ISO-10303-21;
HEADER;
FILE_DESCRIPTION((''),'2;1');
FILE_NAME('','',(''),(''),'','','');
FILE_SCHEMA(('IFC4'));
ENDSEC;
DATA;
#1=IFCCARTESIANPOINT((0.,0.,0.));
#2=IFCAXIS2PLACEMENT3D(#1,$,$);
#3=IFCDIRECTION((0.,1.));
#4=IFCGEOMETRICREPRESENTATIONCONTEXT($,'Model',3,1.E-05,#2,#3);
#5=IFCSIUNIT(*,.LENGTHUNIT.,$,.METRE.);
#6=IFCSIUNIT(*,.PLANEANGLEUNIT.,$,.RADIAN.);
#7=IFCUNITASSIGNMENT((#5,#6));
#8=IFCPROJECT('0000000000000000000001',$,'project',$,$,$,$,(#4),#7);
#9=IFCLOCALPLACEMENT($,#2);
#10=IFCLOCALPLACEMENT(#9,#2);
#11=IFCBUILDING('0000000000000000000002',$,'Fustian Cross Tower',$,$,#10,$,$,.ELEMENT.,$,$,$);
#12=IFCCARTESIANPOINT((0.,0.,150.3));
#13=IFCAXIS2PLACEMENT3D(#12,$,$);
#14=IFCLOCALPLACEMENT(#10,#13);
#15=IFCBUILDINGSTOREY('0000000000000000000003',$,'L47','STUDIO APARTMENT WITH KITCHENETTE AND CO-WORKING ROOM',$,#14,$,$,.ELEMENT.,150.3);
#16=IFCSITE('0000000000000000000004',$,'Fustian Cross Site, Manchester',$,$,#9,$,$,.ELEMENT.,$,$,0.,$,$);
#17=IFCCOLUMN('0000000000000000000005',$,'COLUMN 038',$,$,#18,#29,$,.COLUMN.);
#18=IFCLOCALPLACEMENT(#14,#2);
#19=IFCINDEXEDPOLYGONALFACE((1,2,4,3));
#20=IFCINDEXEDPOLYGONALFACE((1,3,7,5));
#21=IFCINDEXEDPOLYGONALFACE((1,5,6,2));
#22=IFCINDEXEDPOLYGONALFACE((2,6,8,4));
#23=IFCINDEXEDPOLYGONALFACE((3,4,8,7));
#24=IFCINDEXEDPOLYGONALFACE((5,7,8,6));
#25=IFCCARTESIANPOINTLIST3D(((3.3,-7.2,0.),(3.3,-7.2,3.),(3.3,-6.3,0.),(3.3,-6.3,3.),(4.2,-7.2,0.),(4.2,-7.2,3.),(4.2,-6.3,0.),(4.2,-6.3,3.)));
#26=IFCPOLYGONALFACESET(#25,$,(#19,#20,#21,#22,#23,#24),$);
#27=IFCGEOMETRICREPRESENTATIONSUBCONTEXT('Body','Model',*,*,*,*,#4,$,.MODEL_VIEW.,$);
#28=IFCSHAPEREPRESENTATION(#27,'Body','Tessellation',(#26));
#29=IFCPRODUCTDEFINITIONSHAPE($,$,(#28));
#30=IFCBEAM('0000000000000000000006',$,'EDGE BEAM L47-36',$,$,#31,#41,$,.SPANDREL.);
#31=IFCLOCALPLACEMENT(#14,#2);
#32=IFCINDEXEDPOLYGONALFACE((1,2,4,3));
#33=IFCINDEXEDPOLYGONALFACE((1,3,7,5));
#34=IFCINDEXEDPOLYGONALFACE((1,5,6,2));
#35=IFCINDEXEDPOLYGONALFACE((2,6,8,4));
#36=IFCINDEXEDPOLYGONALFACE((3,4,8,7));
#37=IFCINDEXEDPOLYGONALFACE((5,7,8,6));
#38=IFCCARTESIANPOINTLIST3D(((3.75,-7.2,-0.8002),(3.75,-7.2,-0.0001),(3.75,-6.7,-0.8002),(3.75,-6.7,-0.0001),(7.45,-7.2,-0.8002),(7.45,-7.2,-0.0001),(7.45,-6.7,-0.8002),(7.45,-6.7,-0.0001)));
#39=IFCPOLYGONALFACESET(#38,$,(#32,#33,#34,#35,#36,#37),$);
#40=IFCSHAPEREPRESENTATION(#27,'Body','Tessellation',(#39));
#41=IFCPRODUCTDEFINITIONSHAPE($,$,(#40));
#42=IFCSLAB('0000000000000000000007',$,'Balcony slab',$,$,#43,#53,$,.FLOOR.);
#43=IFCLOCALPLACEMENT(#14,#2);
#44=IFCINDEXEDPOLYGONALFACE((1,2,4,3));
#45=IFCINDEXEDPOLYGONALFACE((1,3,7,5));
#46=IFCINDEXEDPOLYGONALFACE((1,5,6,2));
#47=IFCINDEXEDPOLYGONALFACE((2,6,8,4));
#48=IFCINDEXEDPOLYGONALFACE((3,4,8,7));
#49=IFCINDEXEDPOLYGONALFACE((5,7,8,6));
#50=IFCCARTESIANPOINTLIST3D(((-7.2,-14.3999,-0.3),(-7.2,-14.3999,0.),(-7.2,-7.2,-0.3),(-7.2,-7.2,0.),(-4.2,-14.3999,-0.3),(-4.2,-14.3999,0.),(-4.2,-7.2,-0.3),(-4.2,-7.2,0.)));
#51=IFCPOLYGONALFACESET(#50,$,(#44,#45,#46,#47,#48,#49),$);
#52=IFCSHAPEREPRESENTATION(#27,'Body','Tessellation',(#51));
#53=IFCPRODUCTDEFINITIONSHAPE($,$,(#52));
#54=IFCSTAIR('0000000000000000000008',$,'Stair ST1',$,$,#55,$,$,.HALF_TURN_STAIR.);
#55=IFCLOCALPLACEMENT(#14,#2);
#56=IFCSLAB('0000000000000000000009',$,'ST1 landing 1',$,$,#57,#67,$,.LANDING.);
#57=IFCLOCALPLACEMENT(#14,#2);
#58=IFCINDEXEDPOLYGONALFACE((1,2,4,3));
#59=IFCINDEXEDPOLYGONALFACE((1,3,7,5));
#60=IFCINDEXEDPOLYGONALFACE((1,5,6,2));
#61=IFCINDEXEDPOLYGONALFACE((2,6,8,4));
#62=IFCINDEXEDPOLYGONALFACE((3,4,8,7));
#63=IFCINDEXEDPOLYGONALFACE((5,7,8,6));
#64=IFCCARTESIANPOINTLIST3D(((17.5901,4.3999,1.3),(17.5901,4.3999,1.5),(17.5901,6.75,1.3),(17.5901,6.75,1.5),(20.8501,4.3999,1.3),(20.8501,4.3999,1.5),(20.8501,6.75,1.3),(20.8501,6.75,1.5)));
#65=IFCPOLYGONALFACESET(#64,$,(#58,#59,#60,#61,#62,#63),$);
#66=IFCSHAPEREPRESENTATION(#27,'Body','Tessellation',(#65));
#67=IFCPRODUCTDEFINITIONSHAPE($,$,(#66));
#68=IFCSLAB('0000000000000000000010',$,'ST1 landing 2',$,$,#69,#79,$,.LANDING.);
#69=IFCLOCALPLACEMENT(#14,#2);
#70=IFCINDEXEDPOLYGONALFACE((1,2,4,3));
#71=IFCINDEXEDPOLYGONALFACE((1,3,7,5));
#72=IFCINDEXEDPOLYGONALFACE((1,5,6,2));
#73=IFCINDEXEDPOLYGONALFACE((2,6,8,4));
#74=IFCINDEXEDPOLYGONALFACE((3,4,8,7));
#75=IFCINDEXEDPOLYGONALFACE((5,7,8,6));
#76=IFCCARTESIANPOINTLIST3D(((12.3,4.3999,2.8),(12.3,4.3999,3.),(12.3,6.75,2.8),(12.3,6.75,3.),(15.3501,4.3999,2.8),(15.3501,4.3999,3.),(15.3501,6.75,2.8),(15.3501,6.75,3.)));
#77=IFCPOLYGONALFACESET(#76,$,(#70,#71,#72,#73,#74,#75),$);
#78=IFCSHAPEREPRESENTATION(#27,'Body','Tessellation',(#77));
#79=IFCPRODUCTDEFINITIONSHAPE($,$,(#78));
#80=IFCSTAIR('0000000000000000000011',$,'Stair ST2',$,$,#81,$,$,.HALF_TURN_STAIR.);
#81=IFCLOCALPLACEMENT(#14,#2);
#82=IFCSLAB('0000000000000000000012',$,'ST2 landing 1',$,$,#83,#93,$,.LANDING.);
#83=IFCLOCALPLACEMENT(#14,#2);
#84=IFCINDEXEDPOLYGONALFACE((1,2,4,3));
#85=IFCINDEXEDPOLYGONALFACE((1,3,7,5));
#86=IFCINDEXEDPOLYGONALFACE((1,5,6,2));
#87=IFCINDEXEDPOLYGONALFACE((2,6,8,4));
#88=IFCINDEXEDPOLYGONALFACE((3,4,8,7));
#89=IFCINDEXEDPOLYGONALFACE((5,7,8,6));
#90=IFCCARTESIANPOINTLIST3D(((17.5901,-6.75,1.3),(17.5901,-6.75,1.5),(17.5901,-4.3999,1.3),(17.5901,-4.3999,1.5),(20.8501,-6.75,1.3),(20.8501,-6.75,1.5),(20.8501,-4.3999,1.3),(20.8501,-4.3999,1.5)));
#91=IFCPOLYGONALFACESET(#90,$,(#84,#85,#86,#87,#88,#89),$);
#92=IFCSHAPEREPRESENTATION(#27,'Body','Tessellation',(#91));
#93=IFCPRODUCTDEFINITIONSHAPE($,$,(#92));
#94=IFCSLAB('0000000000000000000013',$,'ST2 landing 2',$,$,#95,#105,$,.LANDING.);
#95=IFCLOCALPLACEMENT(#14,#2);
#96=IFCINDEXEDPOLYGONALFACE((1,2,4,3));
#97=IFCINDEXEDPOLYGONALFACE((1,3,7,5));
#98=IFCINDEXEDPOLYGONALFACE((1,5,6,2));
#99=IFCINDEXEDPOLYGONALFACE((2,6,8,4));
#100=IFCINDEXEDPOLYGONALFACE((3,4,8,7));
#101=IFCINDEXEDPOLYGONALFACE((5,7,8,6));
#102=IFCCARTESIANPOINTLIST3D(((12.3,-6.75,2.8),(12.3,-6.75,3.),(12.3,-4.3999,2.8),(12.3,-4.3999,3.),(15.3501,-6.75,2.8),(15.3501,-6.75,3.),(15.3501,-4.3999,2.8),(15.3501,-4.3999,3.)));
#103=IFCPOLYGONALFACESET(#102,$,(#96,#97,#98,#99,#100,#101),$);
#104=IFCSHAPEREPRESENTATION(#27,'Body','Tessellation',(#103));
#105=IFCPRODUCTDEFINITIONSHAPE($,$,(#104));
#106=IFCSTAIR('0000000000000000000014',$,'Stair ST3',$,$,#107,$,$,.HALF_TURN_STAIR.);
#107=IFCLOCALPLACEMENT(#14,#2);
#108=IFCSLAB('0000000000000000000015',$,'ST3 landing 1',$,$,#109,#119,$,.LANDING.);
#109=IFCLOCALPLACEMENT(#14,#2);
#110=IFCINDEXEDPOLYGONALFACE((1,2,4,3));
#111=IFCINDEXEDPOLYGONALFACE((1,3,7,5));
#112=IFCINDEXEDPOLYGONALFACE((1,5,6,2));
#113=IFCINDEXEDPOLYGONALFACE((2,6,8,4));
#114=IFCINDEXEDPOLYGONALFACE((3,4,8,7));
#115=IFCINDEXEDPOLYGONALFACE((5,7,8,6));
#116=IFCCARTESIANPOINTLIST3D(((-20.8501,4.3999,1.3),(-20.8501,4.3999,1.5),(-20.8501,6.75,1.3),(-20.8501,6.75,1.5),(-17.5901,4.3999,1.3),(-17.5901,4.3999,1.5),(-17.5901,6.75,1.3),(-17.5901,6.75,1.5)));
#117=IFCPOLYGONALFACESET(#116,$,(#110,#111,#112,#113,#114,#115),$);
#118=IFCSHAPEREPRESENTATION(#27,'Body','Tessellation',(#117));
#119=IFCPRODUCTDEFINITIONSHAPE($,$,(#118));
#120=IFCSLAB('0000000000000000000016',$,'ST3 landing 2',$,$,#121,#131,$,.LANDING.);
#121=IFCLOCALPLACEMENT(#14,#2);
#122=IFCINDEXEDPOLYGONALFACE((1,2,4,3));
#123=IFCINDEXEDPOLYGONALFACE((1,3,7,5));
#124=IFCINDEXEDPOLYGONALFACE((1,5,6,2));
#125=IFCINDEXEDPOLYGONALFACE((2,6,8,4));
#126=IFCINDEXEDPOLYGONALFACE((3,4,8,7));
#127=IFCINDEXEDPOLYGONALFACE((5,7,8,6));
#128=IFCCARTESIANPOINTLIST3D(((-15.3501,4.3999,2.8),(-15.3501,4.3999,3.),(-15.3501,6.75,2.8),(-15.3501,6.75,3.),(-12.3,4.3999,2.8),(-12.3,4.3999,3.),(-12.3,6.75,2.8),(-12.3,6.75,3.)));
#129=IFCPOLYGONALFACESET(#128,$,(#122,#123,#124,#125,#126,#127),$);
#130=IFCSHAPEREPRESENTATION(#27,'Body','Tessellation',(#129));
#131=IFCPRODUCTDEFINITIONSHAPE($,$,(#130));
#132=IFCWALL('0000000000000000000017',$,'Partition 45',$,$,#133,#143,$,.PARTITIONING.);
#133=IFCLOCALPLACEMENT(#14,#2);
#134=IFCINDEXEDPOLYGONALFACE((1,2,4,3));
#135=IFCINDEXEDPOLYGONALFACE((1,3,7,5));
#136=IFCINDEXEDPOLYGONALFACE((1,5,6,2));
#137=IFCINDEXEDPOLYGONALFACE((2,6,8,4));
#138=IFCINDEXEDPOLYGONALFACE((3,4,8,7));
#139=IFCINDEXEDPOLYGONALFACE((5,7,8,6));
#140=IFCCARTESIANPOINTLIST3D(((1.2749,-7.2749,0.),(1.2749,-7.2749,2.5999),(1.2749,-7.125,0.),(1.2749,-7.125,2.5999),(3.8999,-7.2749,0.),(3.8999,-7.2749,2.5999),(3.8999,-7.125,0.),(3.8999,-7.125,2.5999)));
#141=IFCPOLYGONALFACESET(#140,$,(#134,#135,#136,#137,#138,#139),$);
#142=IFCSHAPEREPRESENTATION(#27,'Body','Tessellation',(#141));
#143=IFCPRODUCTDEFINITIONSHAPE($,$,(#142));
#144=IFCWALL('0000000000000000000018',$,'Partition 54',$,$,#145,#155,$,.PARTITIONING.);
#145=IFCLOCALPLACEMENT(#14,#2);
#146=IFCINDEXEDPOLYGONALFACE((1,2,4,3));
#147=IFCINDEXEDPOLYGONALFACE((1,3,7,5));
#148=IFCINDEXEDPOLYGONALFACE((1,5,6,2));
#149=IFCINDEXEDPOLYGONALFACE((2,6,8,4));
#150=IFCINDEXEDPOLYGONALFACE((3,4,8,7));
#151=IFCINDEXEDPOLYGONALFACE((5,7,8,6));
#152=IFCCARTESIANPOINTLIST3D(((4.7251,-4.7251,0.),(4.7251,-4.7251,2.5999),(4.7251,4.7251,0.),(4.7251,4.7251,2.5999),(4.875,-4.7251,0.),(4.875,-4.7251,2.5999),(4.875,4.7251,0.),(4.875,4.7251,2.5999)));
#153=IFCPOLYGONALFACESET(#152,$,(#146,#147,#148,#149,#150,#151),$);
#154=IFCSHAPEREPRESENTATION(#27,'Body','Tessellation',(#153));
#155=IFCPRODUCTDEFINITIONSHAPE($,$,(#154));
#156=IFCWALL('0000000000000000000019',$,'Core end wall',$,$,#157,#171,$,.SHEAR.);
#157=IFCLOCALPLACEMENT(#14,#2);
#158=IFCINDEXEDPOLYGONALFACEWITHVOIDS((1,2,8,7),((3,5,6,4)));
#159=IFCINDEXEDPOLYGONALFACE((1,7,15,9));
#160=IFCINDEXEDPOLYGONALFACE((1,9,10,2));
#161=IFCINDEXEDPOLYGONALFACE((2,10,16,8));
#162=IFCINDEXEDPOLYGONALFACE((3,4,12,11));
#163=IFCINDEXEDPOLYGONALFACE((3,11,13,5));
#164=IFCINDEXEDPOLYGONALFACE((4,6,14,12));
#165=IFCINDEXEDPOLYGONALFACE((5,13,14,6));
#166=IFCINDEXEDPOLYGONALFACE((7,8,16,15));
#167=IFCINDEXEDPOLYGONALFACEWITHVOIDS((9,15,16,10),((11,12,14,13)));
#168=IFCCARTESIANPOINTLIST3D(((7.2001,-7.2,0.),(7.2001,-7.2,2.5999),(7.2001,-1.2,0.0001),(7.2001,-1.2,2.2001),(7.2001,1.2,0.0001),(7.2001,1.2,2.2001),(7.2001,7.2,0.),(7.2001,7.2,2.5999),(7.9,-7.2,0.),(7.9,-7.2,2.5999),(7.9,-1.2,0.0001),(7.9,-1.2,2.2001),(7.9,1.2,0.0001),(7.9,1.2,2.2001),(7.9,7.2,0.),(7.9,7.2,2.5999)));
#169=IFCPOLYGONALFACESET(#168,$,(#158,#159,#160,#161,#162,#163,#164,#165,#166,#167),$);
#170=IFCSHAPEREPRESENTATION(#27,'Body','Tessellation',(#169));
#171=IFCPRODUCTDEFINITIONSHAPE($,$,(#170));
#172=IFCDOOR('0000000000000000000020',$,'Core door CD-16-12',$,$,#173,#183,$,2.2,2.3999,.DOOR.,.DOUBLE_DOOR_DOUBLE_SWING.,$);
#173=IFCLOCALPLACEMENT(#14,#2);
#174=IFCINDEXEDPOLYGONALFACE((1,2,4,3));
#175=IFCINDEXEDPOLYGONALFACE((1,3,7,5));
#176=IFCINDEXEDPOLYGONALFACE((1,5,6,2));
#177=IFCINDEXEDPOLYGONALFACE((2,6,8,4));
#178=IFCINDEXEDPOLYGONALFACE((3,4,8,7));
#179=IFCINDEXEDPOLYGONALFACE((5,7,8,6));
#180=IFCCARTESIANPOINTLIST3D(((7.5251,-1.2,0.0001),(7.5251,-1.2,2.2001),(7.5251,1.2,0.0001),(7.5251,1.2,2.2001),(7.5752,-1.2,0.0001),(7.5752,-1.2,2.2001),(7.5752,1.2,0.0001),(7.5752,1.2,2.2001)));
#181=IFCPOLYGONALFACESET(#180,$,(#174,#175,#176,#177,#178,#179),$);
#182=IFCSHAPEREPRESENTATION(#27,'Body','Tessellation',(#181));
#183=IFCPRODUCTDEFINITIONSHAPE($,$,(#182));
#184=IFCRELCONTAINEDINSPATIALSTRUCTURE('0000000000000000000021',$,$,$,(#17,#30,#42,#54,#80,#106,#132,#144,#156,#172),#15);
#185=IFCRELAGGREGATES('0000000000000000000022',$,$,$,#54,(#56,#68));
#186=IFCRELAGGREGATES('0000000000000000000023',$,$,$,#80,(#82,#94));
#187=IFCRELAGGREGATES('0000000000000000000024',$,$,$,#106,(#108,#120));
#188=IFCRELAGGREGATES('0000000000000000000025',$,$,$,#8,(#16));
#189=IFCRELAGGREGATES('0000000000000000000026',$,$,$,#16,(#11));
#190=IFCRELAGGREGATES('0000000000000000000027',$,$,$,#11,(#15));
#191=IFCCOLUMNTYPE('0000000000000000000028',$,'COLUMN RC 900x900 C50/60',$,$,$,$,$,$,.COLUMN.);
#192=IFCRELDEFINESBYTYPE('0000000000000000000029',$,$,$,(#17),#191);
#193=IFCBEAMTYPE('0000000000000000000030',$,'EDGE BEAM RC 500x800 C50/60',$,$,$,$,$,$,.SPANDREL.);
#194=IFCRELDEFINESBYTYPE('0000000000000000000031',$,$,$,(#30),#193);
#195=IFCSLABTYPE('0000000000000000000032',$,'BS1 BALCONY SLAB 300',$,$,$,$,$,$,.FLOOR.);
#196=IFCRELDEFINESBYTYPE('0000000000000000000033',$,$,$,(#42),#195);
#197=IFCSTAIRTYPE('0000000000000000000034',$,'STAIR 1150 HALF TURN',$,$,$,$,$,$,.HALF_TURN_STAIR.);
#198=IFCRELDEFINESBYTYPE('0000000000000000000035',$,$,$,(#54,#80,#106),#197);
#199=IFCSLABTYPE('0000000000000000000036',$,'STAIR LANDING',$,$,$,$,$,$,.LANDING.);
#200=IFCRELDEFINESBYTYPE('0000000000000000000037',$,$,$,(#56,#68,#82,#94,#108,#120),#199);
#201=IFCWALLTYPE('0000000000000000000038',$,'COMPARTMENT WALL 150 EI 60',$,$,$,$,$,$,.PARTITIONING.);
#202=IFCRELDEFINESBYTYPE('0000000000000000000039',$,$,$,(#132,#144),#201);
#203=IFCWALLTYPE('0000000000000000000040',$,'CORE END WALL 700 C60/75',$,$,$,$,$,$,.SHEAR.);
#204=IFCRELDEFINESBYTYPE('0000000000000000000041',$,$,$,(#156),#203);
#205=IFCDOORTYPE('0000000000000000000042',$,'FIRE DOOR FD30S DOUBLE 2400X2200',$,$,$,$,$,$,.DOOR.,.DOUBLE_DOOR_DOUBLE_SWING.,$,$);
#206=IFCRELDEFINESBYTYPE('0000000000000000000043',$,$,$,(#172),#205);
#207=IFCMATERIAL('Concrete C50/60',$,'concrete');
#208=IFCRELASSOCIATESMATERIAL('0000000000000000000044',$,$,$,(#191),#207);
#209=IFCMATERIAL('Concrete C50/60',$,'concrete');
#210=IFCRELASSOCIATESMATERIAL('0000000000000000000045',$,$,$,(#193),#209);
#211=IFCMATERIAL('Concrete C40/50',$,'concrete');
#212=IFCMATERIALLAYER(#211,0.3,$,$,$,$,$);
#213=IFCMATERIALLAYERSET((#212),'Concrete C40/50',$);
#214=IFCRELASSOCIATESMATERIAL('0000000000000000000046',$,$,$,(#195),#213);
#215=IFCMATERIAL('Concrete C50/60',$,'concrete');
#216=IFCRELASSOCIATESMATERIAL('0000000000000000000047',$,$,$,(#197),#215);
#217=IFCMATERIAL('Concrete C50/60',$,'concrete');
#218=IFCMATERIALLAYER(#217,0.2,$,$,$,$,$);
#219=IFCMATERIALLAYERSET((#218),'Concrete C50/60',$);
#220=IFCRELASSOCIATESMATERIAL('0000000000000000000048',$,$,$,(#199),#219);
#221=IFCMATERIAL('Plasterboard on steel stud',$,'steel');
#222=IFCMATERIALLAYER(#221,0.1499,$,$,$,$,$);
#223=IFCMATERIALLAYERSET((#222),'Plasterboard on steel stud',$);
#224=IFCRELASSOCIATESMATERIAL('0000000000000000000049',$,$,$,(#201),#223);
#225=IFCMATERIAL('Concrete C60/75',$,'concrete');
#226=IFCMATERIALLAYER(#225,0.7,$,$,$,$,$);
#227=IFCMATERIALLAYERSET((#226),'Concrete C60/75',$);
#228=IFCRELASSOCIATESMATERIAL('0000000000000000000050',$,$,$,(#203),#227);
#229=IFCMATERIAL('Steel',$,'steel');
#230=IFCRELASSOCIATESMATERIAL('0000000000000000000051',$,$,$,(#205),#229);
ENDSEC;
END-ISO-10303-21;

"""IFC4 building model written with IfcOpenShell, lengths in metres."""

from ifc_helpers import new_model, si_unit, direction, frame, frame_2d, origin, origin_2d, place, context, subcontext, project, spatial, polyline, rectangle, outline, extrude, material, layer, layer_set, material_profile, profile_set, type_object, element, fill, aggregate, save


model = new_model("IFC4")

# Units and contexts
model_context = context("Model", 3, precision=1e-05, world=origin(), true_north=direction((0.0, 1.0)))
body_context = subcontext(model_context, "Body", "Model", "MODEL_VIEW")
ifc_project = project(units=[si_unit("LENGTHUNIT", "METRE"), si_unit("PLANEANGLEUNIT", "RADIAN")], contexts=[model_context])

# Site, building, storey
site_placement = place(None, origin())
site = spatial("IfcSite", under=ifc_project, at=site_placement, Name="Fustian Cross Site, Manchester", CompositionType="ELEMENT", RefElevation=0.0)
building_placement = place(site_placement, origin())
building = spatial("IfcBuilding", under=site, at=building_placement, Name="Fustian Cross Tower", CompositionType="ELEMENT")
storey_placement = place(building_placement, frame((0.0, 0.0, 150.3)))
storey = spatial("IfcBuildingStorey", under=building, at=storey_placement, Name="L47", Description="STUDIO APARTMENT WITH KITCHENETTE AND CO-WORKING ROOM", CompositionType="ELEMENT", Elevation=150.3)

# Column
ifc_material_1 = material(Name="Concrete C50/60", Category="concrete")
ifc_material_profile_1 = material_profile(ifc_material_1, rectangle(XDim=0.8999, YDim=0.8999, at=origin_2d()), Name="RC 900x900")
ifc_profile_set_1 = profile_set([ifc_material_profile_1], Name="Concrete C50/60")
column_type = type_object("IfcColumnType", Name="COLUMN RC 900x900 C50/60", PredefinedType="COLUMN", material=ifc_profile_set_1)
column_placement = place(storey_placement, frame((3.75, -6.75, 0.0), z_axis=(0.0, 0.0, 1.0), x_axis=(1.0, 0.0, 0.0)))
element("IfcColumn", 1, at=column_placement, inside=storey, type_object=column_type, Name="COLUMN 038", PredefinedType="COLUMN", context=body_context, shape_type="SweptSolid", body=[
    extrude(rectangle(XDim=0.8999, YDim=0.8999, at=origin_2d()), origin(), (0.0, 0.0, 1.0), 3.0),
])

# Beam
ifc_material_2 = material(Name="Concrete C50/60", Category="concrete")
ifc_material_profile_2 = material_profile(ifc_material_2, rectangle(XDim=0.5, YDim=0.8, at=origin_2d()), Name="RC 500x800")
ifc_profile_set_2 = profile_set([ifc_material_profile_2], Name="Concrete C50/60")
beam_type = type_object("IfcBeamType", Name="EDGE BEAM RC 500x800 C50/60", PredefinedType="SPANDREL", material=ifc_profile_set_2)
beam_placement = place(storey_placement, frame((3.75, -6.95, -0.4001), z_axis=(1.0, 0.0, 0.0), x_axis=(0.0, 1.0, 0.0)))
element("IfcBeam", 2, at=beam_placement, inside=storey, type_object=beam_type, Name="EDGE BEAM L47-36", PredefinedType="SPANDREL", context=body_context, shape_type="SweptSolid", body=[
    extrude(rectangle(XDim=0.5, YDim=0.8, at=origin_2d()), origin(), (0.0, 0.0, 1.0), 3.7),
])

# Slab
ifc_material_3 = material(Name="Concrete C40/50", Category="concrete")
ifc_layer_1 = layer(ifc_material_3, 0.3)
ifc_layer_set_1 = layer_set([ifc_layer_1], Name="Concrete C40/50")
slab_type_1 = type_object("IfcSlabType", Name="BS1 BALCONY SLAB 300", PredefinedType="FLOOR", material=ifc_layer_set_1)
slab_1_placement = place(storey_placement, frame((0.0, 0.0, -0.3)))
element("IfcSlab", 3, at=slab_1_placement, inside=storey, type_object=slab_type_1, Name="Balcony slab", PredefinedType="FLOOR", context=body_context, shape_type="SweptSolid", body=[
    extrude(outline(polyline([(-7.2, -14.3999), (-4.2, -14.3999), (-4.2, -7.2), (-7.2, -7.2), (-7.2, -14.3999)])), origin(), (0.0, 0.0, 1.0), 0.3),
])

# Stairs, slabs
ifc_material_4 = material(Name="Concrete C50/60", Category="concrete")
stair_type = type_object("IfcStairType", Name="STAIR 1150 HALF TURN", PredefinedType="HALF_TURN_STAIR", material=ifc_material_4)
stair_1_placement = place(storey_placement, origin())
stair_1 = element("IfcStair", 4, at=stair_1_placement, inside=storey, type_object=stair_type, Name="Stair ST1", PredefinedType="HALF_TURN_STAIR")
ifc_material_5 = material(Name="Concrete C50/60", Category="concrete")
ifc_layer_2 = layer(ifc_material_5, 0.2)
ifc_layer_set_2 = layer_set([ifc_layer_2], Name="Concrete C50/60")
slab_type_2 = type_object("IfcSlabType", Name="STAIR LANDING", PredefinedType="LANDING", material=ifc_layer_set_2)
slab_2_placement = place(storey_placement, frame((0.0, 0.0, 1.3)))
slab_2 = element("IfcSlab", 5, at=slab_2_placement, type_object=slab_type_2, Name="ST1 landing 1", PredefinedType="LANDING", context=body_context, shape_type="SweptSolid", body=[
    extrude(outline(polyline([(17.5901, 4.3999), (20.8501, 4.3999), (20.8501, 6.75), (17.5901, 6.75), (17.5901, 4.3999)])), origin(), (0.0, 0.0, 1.0), 0.2),
])
slab_3_placement = place(storey_placement, frame((0.0, 0.0, 2.8)))
slab_3 = element("IfcSlab", 6, at=slab_3_placement, type_object=slab_type_2, Name="ST1 landing 2", PredefinedType="LANDING", context=body_context, shape_type="SweptSolid", body=[
    extrude(outline(polyline([(12.3, 4.3999), (15.3501, 4.3999), (15.3501, 6.75), (12.3, 6.75), (12.3, 4.3999)])), origin(), (0.0, 0.0, 1.0), 0.2),
])
aggregate(stair_1, [slab_2, slab_3])
stair_2_placement = place(storey_placement, origin())
stair_2 = element("IfcStair", 7, at=stair_2_placement, inside=storey, type_object=stair_type, Name="Stair ST2", PredefinedType="HALF_TURN_STAIR")
slab_4_placement = place(storey_placement, frame((0.0, 0.0, 1.3)))
slab_4 = element("IfcSlab", 8, at=slab_4_placement, type_object=slab_type_2, Name="ST2 landing 1", PredefinedType="LANDING", context=body_context, shape_type="SweptSolid", body=[
    extrude(outline(polyline([(17.5901, -4.3999), (20.8501, -4.3999), (20.8501, -6.75), (17.5901, -6.75), (17.5901, -4.3999)])), origin(), (0.0, 0.0, 1.0), 0.2),
])
slab_5_placement = place(storey_placement, frame((0.0, 0.0, 2.8)))
slab_5 = element("IfcSlab", 9, at=slab_5_placement, type_object=slab_type_2, Name="ST2 landing 2", PredefinedType="LANDING", context=body_context, shape_type="SweptSolid", body=[
    extrude(outline(polyline([(12.3, -4.3999), (15.3501, -4.3999), (15.3501, -6.75), (12.3, -6.75), (12.3, -4.3999)])), origin(), (0.0, 0.0, 1.0), 0.2),
])
aggregate(stair_2, [slab_4, slab_5])
stair_3_placement = place(storey_placement, origin())
stair_3 = element("IfcStair", 10, at=stair_3_placement, inside=storey, type_object=stair_type, Name="Stair ST3", PredefinedType="HALF_TURN_STAIR")
slab_6_placement = place(storey_placement, frame((0.0, 0.0, 1.3)))
slab_6 = element("IfcSlab", 11, at=slab_6_placement, type_object=slab_type_2, Name="ST3 landing 1", PredefinedType="LANDING", context=body_context, shape_type="SweptSolid", body=[
    extrude(outline(polyline([(-17.5901, 4.3999), (-20.8501, 4.3999), (-20.8501, 6.75), (-17.5901, 6.75), (-17.5901, 4.3999)])), origin(), (0.0, 0.0, 1.0), 0.2),
])
slab_7_placement = place(storey_placement, frame((0.0, 0.0, 2.8)))
slab_7 = element("IfcSlab", 12, at=slab_7_placement, type_object=slab_type_2, Name="ST3 landing 2", PredefinedType="LANDING", context=body_context, shape_type="SweptSolid", body=[
    extrude(outline(polyline([(-12.3, 4.3999), (-15.3501, 4.3999), (-15.3501, 6.75), (-12.3, 6.75), (-12.3, 4.3999)])), origin(), (0.0, 0.0, 1.0), 0.2),
])
aggregate(stair_3, [slab_6, slab_7])

# Walls
ifc_material_6 = material(Name="Plasterboard on steel stud", Category="steel")
ifc_layer_3 = layer(ifc_material_6, 0.1499)
ifc_layer_set_3 = layer_set([ifc_layer_3], Name="Plasterboard on steel stud")
wall_type_1 = type_object("IfcWallType", Name="COMPARTMENT WALL 150 EI 60", PredefinedType="PARTITIONING", material=ifc_layer_set_3)
wall_1_placement = place(storey_placement, frame((1.2749, -7.2, 0.0), z_axis=(0.0, 0.0, 1.0), x_axis=(1.0, 0.0, 0.0)))
element("IfcWall", 13, at=wall_1_placement, inside=storey, type_object=wall_type_1, Name="Partition 45", PredefinedType="PARTITIONING", context=body_context, shape_type="SweptSolid", body=[
    extrude(rectangle(XDim=2.625, YDim=0.1499, at=frame_2d((1.3125, 0.0))), origin(), (0.0, 0.0, 1.0), 2.5999),
])
wall_2_placement = place(storey_placement, frame((4.8, -4.7251, 0.0), z_axis=(0.0, 0.0, 1.0), x_axis=(0.0, 1.0, 0.0)))
element("IfcWall", 14, at=wall_2_placement, inside=storey, type_object=wall_type_1, Name="Partition 54", PredefinedType="PARTITIONING", context=body_context, shape_type="SweptSolid", body=[
    extrude(rectangle(XDim=9.4502, YDim=0.1499, at=frame_2d((4.7251, 0.0))), origin(), (0.0, 0.0, 1.0), 2.5999),
])

# Wall, opening, door
ifc_material_7 = material(Name="Concrete C60/75", Category="concrete")
ifc_layer_4 = layer(ifc_material_7, 0.7)
ifc_layer_set_4 = layer_set([ifc_layer_4], Name="Concrete C60/75")
wall_type_2 = type_object("IfcWallType", Name="CORE END WALL 700 C60/75", PredefinedType="SHEAR", material=ifc_layer_set_4)
wall_3_placement = place(storey_placement, frame((7.55, -7.2, 0.0), z_axis=(0.0, 0.0, 1.0), x_axis=(0.0, 1.0, 0.0)))
wall_3 = element("IfcWall", 15, at=wall_3_placement, inside=storey, type_object=wall_type_2, Name="Core end wall", PredefinedType="SHEAR", context=body_context, shape_type="SweptSolid", body=[
    extrude(rectangle(XDim=14.3999, YDim=0.7, at=frame_2d((7.2, 0.0))), origin(), (0.0, 0.0, 1.0), 2.5999),
])
opening_placement = place(wall_3_placement, frame((6.0, 0.0, 0.0)))
opening = element("IfcOpeningElement", 16, at=opening_placement, cuts=wall_3, PredefinedType="OPENING", context=body_context, shape_type="SweptSolid", body=[
    extrude(rectangle(XDim=2.3999, YDim=2.2, at=frame_2d((1.2, 1.1001))), frame((0.0, 0.3599, 0.0), z_axis=(0.0, -1.0, 0.0), x_axis=(1.0, 0.0, 0.0)), (0.0, 0.0, 1.0), 0.72),
])
ifc_material_8 = material(Name="Steel", Category="steel")
door_type = type_object("IfcDoorType", Name="FIRE DOOR FD30S DOUBLE 2400X2200", OperationType="DOUBLE_DOOR_DOUBLE_SWING", PredefinedType="DOOR", material=ifc_material_8)
door_placement = place(opening_placement, origin())
door = element("IfcDoor", 17, at=door_placement, inside=storey, type_object=door_type, Name="Core door CD-16-12", OperationType="DOUBLE_DOOR_DOUBLE_SWING", OverallHeight=2.2, OverallWidth=2.3999, PredefinedType="DOOR", context=body_context, shape_type="SweptSolid", body=[
    extrude(rectangle(XDim=2.3999, YDim=2.2, at=frame_2d((1.2, 1.1001))), frame((0.0, 0.0249, 0.0), z_axis=(0.0, -1.0, 0.0), x_axis=(1.0, 0.0, 0.0)), (0.0, 0.0, 1.0), 0.05),
])
fill(opening, door)

save(model, "model.ifc")
